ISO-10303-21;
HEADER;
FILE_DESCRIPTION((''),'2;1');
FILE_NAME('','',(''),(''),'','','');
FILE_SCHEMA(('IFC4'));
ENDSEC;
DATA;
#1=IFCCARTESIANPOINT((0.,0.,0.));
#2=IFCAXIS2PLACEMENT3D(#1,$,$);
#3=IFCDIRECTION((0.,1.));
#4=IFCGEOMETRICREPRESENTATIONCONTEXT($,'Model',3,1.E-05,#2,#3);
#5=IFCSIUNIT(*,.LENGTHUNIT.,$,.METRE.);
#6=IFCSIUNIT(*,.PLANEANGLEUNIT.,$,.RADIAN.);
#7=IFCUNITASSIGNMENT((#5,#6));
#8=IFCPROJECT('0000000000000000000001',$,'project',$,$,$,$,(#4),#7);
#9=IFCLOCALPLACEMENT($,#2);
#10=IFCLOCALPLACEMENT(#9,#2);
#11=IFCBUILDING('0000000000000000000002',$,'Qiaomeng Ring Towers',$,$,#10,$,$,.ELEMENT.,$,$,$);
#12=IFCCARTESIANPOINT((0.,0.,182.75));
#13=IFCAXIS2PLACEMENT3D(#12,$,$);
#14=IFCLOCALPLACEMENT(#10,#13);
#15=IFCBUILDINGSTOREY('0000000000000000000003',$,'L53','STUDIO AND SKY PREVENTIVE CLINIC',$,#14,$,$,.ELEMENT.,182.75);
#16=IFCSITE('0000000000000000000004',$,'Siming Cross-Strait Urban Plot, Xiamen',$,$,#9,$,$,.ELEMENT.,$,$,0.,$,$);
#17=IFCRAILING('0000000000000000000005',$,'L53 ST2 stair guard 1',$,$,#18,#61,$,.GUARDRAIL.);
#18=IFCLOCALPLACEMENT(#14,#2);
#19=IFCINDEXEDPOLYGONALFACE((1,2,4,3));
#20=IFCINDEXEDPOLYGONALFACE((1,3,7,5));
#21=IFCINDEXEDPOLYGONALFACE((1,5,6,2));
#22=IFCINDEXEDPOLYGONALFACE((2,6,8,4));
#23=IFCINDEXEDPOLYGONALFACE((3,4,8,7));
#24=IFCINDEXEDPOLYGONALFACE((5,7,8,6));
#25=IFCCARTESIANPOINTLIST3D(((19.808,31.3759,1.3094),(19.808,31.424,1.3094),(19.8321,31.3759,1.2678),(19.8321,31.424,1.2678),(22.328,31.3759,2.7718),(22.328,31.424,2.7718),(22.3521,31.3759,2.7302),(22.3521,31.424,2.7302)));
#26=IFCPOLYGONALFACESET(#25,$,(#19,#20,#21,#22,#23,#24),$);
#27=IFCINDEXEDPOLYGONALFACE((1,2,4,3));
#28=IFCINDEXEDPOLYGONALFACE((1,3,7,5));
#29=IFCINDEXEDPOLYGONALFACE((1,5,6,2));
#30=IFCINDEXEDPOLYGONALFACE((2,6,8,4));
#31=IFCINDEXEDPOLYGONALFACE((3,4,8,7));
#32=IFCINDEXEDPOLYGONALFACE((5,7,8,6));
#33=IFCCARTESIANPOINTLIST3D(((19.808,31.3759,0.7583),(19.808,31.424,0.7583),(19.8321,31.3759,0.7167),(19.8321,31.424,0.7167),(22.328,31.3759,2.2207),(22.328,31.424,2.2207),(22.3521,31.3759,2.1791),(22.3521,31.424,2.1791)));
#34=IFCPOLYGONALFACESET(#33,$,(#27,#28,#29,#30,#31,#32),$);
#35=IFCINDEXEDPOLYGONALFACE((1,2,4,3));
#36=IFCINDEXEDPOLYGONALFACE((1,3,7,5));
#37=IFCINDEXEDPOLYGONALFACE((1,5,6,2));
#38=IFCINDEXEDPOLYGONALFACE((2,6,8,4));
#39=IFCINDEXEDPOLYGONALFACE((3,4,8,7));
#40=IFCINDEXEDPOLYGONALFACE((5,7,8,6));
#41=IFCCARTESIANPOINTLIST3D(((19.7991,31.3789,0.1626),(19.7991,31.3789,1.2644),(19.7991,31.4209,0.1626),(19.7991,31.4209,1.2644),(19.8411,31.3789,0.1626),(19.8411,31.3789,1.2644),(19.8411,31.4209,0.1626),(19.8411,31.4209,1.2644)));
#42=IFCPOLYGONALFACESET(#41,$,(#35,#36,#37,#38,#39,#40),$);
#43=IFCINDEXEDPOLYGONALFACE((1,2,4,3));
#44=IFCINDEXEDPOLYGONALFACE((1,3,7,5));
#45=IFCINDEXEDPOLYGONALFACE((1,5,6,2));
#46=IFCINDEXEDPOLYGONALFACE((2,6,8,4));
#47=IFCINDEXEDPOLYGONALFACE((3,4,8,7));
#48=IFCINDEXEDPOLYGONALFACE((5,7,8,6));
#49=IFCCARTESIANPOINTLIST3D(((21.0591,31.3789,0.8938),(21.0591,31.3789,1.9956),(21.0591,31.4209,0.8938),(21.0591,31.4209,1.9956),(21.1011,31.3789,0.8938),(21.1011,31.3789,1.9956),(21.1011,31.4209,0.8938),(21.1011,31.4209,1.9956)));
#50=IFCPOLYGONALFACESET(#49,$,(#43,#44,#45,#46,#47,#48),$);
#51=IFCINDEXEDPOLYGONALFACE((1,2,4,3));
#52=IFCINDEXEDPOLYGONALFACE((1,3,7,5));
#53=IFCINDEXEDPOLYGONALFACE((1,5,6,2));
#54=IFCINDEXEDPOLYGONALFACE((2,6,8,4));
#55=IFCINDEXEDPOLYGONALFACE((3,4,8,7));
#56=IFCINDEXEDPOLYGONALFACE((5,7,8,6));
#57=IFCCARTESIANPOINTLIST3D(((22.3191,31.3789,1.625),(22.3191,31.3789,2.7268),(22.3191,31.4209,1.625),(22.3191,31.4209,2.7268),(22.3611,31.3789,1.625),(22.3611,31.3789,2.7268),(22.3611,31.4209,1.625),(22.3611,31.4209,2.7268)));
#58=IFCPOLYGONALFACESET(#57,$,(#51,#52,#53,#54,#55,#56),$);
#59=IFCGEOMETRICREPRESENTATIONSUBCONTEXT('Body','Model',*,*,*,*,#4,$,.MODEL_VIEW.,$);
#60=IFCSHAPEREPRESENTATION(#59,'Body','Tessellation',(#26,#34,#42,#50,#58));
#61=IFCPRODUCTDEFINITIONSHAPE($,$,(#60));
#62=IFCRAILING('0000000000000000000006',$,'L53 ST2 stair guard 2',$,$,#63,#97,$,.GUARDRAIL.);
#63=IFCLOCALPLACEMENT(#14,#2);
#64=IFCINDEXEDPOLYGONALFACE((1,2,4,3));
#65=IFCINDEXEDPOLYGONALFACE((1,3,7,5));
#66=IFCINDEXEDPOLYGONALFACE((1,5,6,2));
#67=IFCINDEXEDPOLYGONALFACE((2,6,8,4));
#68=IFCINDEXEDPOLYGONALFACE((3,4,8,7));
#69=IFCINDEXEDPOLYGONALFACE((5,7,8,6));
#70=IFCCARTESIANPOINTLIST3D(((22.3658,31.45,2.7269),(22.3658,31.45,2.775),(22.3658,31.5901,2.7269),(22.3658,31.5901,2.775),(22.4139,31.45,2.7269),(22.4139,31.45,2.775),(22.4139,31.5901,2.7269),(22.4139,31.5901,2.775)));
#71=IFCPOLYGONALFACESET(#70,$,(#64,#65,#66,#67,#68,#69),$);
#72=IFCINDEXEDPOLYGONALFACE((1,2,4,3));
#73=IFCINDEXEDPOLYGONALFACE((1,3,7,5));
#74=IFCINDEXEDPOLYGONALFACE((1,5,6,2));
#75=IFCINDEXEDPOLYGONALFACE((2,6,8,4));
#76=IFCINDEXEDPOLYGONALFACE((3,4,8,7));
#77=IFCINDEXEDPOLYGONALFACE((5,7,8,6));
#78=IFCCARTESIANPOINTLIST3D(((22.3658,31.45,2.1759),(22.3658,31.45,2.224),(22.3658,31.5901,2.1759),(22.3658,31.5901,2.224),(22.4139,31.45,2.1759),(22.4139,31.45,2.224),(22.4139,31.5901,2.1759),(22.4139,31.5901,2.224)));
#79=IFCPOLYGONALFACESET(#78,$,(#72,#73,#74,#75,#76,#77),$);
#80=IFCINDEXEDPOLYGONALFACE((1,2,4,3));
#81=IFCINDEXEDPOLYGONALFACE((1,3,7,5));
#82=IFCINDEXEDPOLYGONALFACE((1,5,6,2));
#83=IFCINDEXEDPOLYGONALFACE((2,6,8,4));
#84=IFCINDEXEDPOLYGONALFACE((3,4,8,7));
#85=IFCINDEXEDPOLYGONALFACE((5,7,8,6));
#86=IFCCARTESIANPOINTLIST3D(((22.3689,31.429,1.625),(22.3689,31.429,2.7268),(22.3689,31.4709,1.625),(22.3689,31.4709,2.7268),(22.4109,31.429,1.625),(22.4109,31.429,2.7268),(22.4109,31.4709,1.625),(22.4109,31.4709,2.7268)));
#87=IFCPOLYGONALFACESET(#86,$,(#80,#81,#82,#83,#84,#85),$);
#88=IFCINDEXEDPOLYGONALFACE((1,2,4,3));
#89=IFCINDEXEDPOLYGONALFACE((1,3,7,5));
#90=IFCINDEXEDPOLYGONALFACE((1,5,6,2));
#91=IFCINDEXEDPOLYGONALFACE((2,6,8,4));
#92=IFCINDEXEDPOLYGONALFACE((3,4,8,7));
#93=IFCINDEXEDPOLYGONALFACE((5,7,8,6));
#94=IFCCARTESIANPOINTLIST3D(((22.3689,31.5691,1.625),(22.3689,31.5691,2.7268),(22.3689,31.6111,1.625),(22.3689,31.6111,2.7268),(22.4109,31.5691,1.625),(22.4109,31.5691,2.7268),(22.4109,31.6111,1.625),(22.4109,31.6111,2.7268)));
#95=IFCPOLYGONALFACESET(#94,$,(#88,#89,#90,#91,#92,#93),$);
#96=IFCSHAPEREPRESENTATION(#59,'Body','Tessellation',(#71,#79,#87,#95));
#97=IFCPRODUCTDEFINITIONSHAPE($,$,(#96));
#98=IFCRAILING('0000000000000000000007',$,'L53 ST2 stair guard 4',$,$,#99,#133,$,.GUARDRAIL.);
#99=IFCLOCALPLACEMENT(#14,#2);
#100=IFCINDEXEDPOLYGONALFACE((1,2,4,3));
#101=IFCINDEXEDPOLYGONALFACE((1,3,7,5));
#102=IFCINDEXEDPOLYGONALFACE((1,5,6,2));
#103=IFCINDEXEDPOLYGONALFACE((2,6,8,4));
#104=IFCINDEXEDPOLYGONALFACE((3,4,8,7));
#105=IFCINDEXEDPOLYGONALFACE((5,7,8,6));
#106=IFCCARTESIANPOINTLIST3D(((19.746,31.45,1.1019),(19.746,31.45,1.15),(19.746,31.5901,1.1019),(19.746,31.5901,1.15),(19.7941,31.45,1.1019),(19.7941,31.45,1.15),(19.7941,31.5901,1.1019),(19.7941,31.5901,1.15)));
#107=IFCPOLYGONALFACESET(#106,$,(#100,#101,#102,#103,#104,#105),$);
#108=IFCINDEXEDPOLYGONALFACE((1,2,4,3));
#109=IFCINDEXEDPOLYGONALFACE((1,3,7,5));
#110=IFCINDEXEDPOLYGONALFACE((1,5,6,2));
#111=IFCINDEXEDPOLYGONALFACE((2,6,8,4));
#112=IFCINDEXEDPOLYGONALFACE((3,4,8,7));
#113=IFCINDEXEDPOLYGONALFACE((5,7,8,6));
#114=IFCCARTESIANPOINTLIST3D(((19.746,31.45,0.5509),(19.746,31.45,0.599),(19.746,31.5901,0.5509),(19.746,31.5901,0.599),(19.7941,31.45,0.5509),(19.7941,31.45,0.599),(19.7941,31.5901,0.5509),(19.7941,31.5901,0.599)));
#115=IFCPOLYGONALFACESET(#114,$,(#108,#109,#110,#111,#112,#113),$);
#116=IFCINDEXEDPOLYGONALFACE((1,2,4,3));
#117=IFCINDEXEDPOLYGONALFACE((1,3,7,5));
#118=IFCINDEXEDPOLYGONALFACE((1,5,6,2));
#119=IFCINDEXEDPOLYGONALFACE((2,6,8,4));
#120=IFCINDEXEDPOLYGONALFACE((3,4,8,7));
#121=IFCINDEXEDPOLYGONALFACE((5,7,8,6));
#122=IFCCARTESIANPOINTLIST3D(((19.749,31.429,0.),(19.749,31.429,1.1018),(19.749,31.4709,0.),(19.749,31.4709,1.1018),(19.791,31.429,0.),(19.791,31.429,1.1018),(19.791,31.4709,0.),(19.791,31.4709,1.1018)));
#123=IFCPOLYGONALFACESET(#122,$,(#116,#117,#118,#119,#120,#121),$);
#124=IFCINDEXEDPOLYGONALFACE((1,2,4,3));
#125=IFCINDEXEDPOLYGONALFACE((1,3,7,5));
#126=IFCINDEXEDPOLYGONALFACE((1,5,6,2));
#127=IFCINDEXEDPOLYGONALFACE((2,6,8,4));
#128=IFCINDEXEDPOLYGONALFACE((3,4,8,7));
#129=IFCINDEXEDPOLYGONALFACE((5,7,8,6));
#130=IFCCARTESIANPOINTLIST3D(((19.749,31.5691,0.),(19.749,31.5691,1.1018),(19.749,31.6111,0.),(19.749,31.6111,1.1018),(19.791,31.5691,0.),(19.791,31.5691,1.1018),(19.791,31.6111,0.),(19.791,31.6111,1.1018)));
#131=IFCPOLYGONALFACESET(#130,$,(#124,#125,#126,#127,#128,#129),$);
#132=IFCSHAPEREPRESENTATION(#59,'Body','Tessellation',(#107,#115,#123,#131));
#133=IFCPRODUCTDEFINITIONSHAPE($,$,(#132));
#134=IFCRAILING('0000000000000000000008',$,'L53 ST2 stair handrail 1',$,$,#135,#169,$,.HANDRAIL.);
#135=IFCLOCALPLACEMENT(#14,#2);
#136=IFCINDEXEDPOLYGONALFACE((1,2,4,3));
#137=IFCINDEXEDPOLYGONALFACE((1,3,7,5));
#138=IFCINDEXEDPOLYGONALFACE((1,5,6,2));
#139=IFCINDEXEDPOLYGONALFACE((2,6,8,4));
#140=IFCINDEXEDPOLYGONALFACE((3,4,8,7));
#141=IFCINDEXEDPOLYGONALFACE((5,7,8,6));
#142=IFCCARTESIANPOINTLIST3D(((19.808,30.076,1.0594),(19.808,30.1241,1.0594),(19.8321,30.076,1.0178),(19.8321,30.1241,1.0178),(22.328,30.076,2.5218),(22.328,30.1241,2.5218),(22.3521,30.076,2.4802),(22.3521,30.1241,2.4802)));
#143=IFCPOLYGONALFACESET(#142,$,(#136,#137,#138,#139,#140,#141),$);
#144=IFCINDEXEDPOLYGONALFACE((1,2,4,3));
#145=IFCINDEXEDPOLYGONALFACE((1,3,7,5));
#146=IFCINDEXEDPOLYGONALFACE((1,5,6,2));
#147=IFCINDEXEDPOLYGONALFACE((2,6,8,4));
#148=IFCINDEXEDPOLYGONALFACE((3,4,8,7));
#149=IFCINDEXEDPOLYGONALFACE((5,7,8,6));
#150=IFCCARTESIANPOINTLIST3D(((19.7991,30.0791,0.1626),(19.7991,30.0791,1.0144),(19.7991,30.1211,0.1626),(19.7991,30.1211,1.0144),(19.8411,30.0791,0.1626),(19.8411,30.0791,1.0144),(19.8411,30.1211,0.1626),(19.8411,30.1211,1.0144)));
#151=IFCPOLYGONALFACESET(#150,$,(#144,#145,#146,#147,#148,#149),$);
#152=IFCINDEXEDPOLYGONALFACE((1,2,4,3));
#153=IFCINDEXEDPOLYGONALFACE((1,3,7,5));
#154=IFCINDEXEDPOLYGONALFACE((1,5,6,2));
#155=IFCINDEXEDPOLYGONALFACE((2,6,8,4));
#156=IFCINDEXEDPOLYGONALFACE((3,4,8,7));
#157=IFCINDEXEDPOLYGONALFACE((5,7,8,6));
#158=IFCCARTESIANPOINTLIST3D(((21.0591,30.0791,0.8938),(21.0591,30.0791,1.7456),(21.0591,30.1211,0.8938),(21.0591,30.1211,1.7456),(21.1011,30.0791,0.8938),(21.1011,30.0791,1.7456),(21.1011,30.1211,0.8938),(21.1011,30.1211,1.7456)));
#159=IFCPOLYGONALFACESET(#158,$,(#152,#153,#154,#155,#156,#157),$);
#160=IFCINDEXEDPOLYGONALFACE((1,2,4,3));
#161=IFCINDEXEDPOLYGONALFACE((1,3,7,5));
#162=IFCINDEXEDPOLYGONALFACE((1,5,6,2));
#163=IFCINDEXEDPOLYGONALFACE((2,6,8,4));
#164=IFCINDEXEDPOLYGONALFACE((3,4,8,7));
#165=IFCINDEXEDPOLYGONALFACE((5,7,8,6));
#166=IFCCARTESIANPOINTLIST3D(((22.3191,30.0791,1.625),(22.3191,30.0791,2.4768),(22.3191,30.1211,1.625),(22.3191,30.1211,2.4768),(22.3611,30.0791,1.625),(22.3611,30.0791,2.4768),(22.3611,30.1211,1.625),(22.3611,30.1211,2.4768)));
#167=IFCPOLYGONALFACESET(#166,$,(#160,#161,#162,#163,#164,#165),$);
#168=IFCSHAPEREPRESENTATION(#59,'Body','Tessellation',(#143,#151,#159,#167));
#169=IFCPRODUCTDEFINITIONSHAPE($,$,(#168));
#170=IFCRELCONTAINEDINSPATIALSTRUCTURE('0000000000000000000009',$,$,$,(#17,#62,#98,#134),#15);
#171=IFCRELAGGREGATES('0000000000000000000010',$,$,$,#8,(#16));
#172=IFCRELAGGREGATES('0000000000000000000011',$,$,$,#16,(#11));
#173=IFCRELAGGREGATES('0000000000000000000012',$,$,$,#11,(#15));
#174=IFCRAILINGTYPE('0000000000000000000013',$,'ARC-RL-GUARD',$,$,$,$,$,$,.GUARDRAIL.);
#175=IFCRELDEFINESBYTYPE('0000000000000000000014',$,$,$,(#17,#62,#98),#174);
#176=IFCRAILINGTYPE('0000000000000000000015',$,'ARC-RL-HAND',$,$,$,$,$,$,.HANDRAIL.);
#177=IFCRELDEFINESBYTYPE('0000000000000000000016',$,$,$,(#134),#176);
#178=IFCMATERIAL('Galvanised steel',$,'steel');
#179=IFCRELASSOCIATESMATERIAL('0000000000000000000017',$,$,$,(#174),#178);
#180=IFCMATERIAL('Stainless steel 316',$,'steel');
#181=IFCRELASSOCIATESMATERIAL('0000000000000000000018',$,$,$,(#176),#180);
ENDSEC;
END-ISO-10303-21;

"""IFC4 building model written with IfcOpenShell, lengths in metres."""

from ifc_helpers import new_model, si_unit, direction, frame, origin, origin_2d, place, context, subcontext, project, spatial, rectangle, extrude, material, type_object, element, save


model = new_model("IFC4")

# Units and contexts
model_context = context("Model", 3, precision=1e-05, world=origin(), true_north=direction((0.0, 1.0)))
body_context = subcontext(model_context, "Body", "Model", "MODEL_VIEW")
ifc_project = project(units=[si_unit("LENGTHUNIT", "METRE"), si_unit("PLANEANGLEUNIT", "RADIAN")], contexts=[model_context])

# Site, building, storey
site_placement = place(None, origin())
site = spatial("IfcSite", under=ifc_project, at=site_placement, Name="Siming Cross-Strait Urban Plot, Xiamen", CompositionType="ELEMENT", RefElevation=0.0)
building_placement = place(site_placement, origin())
building = spatial("IfcBuilding", under=site, at=building_placement, Name="Qiaomeng Ring Towers", CompositionType="ELEMENT")
storey_placement = place(building_placement, frame((0.0, 0.0, 182.75)))
storey = spatial("IfcBuildingStorey", under=building, at=storey_placement, Name="L53", Description="STUDIO AND SKY PREVENTIVE CLINIC", CompositionType="ELEMENT", Elevation=182.75)

# Railings
ifc_material_1 = material(Name="Galvanised steel", Category="steel")
railing_type_1 = type_object("IfcRailingType", Name="ARC-RL-GUARD", PredefinedType="GUARDRAIL", material=ifc_material_1)
railing_1_placement = place(storey_placement, frame((19.8201, 31.3999, 0.1626)))
element("IfcRailing", 1, at=railing_1_placement, inside=storey, type_object=railing_type_1, Name="L53 ST2 stair guard 1", PredefinedType="GUARDRAIL", context=body_context, shape_type="SweptSolid", body=[
    extrude(rectangle(XDim=0.0481, YDim=0.0481, at=origin_2d()), frame((0.0, 0.0, 1.126), z_axis=(0.864913, 0.0, 0.501921), x_axis=(0.0, 1.0, 0.0)), (0.0, 0.0, 1.0), 2.9136),
    extrude(rectangle(XDim=0.0481, YDim=0.0481, at=origin_2d()), frame((0.0, 0.0, 0.575), z_axis=(0.864913, 0.0, 0.501921), x_axis=(0.0, 1.0, 0.0)), (0.0, 0.0, 1.0), 2.9136),
    extrude(rectangle(XDim=0.042, YDim=0.042, at=origin_2d()), origin(), (0.0, 0.0, 1.0), 1.1018),
    extrude(rectangle(XDim=0.042, YDim=0.042, at=origin_2d()), frame((1.26, 0.0, 0.7312)), (0.0, 0.0, 1.0), 1.1018),
    extrude(rectangle(XDim=0.042, YDim=0.042, at=origin_2d()), frame((2.52, 0.0, 1.4624)), (0.0, 0.0, 1.0), 1.1018),
])
for number, where, name in (
    (2, (22.3899, 31.45, 1.625), "L53 ST2 stair guard 2"),
    (3, (19.77, 31.45, 0.0), "L53 ST2 stair guard 4"),
):
    element("IfcRailing", number, at=place(storey_placement, frame(where)), inside=storey, type_object=railing_type_1, Name=name, PredefinedType="GUARDRAIL", context=body_context, shape_type="SweptSolid", body=[
        extrude(rectangle(XDim=0.0481, YDim=0.0481, at=origin_2d()), frame((0.0, 0.0, 1.126), z_axis=(0.0, 1.0, 0.0), x_axis=(-1.0, 0.0, 0.0)), (0.0, 0.0, 1.0), 0.1401),
        extrude(rectangle(XDim=0.0481, YDim=0.0481, at=origin_2d()), frame((0.0, 0.0, 0.575), z_axis=(0.0, 1.0, 0.0), x_axis=(-1.0, 0.0, 0.0)), (0.0, 0.0, 1.0), 0.1401),
        extrude(rectangle(XDim=0.042, YDim=0.042, at=origin_2d()), origin(), (0.0, 0.0, 1.0), 1.1018),
        extrude(rectangle(XDim=0.042, YDim=0.042, at=origin_2d()), frame((0.0, 0.1401, 0.0)), (0.0, 0.0, 1.0), 1.1018),
    ])
ifc_material_2 = material(Name="Stainless steel 316", Category="steel")
railing_type_2 = type_object("IfcRailingType", Name="ARC-RL-HAND", PredefinedType="HANDRAIL", material=ifc_material_2)
railing_2_placement = place(storey_placement, frame((19.8201, 30.1001, 0.1626)))
element("IfcRailing", 4, at=railing_2_placement, inside=storey, type_object=railing_type_2, Name="L53 ST2 stair handrail 1", PredefinedType="HANDRAIL", context=body_context, shape_type="SweptSolid", body=[
    extrude(rectangle(XDim=0.0481, YDim=0.0481, at=origin_2d()), frame((0.0, 0.0, 0.876), z_axis=(0.864913, 0.0, 0.501921), x_axis=(0.0, 1.0, 0.0)), (0.0, 0.0, 1.0), 2.9136),
    extrude(rectangle(XDim=0.042, YDim=0.042, at=origin_2d()), origin(), (0.0, 0.0, 1.0), 0.8518),
    extrude(rectangle(XDim=0.042, YDim=0.042, at=origin_2d()), frame((1.26, 0.0, 0.7312)), (0.0, 0.0, 1.0), 0.8518),
    extrude(rectangle(XDim=0.042, YDim=0.042, at=origin_2d()), frame((2.52, 0.0, 1.4624)), (0.0, 0.0, 1.0), 0.8518),
])

save(model, "model.ifc")
